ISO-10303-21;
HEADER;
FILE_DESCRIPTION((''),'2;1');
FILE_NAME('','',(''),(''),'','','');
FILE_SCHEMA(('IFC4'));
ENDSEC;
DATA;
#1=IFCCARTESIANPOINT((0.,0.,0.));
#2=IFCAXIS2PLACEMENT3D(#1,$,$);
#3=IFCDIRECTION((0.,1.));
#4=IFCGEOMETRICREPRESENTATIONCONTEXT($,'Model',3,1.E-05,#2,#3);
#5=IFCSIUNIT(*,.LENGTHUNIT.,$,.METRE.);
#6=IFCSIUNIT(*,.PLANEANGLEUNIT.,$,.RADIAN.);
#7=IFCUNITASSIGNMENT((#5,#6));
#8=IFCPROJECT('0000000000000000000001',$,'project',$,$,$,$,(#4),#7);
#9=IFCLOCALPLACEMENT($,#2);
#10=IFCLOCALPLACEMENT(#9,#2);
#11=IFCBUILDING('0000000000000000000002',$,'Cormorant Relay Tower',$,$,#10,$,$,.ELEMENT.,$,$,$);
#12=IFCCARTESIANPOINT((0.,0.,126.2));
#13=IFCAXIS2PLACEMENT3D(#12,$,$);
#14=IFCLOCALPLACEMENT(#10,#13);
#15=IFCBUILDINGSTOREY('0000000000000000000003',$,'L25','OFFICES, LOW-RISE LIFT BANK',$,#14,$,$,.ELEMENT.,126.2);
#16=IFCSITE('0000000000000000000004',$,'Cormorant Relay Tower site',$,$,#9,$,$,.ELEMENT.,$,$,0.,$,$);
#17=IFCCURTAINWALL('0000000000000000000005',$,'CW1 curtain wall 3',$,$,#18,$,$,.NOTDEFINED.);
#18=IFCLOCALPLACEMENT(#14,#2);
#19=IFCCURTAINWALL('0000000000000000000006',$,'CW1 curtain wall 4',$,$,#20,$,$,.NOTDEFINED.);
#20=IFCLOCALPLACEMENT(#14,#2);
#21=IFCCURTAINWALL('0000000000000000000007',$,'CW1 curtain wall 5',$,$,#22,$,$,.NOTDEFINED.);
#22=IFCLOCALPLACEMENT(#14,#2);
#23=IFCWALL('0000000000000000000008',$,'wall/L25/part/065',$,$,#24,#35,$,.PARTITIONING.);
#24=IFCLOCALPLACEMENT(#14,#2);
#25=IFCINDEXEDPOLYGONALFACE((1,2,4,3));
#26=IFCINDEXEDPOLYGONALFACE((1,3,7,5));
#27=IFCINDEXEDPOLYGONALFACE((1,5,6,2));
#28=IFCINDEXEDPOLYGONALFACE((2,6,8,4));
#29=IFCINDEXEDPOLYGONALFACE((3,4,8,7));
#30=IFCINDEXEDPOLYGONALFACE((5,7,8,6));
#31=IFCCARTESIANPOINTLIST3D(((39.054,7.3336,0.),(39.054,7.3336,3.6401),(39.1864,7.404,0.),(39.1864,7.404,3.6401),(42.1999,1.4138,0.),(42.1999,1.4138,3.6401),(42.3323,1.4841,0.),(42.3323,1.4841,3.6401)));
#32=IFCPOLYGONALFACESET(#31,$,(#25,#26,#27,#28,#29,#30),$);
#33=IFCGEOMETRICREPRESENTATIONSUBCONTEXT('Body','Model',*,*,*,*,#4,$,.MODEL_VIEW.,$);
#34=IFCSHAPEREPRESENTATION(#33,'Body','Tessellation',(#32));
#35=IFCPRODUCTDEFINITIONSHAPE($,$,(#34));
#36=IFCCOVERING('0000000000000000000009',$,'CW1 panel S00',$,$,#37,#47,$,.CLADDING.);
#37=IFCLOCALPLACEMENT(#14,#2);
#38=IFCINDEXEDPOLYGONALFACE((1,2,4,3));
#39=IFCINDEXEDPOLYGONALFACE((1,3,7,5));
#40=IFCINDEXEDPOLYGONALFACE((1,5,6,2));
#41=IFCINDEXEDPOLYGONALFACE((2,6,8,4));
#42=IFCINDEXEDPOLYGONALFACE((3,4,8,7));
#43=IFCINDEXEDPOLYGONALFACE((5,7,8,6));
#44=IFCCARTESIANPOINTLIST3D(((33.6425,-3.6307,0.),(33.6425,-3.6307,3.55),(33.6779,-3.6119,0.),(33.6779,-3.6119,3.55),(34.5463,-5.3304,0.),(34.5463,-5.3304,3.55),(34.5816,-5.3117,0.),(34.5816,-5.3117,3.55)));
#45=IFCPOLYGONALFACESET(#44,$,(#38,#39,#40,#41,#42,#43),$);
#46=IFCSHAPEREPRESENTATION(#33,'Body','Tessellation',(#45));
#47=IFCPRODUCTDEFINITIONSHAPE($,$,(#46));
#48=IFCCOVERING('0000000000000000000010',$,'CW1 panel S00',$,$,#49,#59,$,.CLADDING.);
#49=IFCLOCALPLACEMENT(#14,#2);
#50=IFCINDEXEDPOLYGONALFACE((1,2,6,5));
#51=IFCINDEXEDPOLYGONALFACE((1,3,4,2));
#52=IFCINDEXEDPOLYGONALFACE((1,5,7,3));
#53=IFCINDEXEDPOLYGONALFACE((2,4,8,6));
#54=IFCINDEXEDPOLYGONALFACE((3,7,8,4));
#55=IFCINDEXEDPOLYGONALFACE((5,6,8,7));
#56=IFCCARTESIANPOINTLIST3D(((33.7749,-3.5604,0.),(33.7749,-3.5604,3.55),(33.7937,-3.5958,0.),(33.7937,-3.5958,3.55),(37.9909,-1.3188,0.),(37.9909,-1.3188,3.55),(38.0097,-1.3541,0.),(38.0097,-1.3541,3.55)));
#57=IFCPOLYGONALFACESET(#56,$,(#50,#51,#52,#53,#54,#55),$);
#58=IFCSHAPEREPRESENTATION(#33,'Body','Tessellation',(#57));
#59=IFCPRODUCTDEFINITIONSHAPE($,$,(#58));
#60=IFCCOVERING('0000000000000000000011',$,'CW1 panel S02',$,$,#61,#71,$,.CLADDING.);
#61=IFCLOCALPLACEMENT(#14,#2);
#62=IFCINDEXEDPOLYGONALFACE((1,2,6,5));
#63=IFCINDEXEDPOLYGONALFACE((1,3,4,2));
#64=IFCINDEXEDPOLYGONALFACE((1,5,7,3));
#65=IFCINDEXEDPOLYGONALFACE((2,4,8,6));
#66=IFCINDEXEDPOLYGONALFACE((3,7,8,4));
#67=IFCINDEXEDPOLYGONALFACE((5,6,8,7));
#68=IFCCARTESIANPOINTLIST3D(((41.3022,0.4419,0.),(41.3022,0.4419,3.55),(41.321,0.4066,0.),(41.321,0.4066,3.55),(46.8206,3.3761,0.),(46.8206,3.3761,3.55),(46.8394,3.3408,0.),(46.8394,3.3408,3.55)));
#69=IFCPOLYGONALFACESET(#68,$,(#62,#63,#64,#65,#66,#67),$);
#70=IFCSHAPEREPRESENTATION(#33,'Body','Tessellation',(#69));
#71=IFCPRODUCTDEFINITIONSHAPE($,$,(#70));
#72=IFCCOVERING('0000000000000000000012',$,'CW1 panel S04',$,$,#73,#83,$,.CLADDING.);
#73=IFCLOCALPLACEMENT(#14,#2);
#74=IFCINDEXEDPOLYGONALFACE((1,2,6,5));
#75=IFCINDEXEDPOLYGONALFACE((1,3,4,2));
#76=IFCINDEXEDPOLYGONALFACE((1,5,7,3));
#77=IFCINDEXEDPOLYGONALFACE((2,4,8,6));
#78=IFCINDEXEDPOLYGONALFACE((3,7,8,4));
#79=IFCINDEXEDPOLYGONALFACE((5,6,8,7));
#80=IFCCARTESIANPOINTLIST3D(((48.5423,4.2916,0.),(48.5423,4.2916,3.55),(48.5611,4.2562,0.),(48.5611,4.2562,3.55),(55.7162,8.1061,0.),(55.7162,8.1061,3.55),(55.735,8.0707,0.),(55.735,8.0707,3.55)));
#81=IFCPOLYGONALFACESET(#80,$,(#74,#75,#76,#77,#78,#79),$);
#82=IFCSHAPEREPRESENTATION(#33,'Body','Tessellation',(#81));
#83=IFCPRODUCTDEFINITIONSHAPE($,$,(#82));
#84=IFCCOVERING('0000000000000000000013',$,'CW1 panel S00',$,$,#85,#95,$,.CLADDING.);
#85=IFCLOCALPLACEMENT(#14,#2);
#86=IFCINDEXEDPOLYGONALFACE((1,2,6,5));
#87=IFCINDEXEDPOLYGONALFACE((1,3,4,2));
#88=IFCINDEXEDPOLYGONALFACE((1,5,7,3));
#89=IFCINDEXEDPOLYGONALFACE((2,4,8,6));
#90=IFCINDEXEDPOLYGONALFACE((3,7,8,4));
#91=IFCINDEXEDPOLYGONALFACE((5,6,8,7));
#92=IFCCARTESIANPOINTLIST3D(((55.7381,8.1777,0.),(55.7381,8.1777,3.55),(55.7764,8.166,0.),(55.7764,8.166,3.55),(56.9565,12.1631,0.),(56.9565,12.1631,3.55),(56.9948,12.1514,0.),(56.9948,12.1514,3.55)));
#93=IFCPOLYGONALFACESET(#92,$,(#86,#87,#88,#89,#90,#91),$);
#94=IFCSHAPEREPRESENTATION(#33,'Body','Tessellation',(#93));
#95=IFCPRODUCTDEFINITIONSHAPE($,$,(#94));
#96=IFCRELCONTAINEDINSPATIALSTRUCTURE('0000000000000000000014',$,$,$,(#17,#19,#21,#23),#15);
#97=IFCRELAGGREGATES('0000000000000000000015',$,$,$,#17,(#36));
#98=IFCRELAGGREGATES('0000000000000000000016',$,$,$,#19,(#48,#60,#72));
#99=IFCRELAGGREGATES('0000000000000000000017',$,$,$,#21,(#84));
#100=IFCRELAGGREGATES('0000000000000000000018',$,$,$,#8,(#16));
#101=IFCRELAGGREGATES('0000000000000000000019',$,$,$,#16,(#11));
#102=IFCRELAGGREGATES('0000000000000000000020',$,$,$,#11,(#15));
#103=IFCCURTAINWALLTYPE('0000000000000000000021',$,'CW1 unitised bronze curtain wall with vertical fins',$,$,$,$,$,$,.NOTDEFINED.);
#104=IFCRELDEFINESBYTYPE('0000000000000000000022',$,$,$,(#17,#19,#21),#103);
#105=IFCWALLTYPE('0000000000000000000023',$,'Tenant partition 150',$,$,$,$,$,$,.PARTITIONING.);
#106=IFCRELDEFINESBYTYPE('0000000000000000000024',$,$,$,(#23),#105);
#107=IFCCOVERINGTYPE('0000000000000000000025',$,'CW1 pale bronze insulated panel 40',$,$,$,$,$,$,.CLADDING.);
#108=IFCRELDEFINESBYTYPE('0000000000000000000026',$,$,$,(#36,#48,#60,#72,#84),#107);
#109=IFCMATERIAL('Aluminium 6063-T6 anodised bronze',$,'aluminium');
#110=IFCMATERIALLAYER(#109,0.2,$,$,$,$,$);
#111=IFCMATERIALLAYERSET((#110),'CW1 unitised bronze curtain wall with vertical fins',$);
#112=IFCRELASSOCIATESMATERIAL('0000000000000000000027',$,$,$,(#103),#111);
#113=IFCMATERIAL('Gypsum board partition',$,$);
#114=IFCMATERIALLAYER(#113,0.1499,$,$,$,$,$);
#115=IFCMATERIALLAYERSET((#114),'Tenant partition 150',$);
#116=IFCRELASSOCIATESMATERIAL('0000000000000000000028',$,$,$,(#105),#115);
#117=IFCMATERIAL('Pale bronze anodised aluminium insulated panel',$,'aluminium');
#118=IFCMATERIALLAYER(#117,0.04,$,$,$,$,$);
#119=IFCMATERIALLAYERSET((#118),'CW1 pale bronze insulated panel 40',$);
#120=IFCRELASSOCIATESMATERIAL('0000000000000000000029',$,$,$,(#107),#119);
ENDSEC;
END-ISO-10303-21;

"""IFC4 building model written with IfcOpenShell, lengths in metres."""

from ifc_helpers import new_model, si_unit, direction, frame, frame_2d, origin, origin_2d, place, context, subcontext, project, spatial, rectangle, extrude, material, layer, layer_set, type_object, element, aggregate, save


model = new_model("IFC4")

# Units and contexts
model_context = context("Model", 3, precision=1e-05, world=origin(), true_north=direction((0.0, 1.0)))
body_context = subcontext(model_context, "Body", "Model", "MODEL_VIEW")
ifc_project = project(units=[si_unit("LENGTHUNIT", "METRE"), si_unit("PLANEANGLEUNIT", "RADIAN")], contexts=[model_context])

# Site, building, storey
site_placement = place(None, origin())
site = spatial("IfcSite", under=ifc_project, at=site_placement, Name="Cormorant Relay Tower site", CompositionType="ELEMENT", RefElevation=0.0)
building_placement = place(site_placement, origin())
building = spatial("IfcBuilding", under=site, at=building_placement, Name="Cormorant Relay Tower", CompositionType="ELEMENT")
storey_placement = place(building_placement, frame((0.0, 0.0, 126.2)))
storey = spatial("IfcBuildingStorey", under=building, at=storey_placement, Name="L25", Description="OFFICES, LOW-RISE LIFT BANK", CompositionType="ELEMENT", Elevation=126.2)

# Curtain wall
ifc_material_1 = material(Name="Aluminium 6063-T6 anodised bronze", Category="aluminium")
ifc_layer_1 = layer(ifc_material_1, 0.2)
ifc_layer_set_1 = layer_set([ifc_layer_1], Name="CW1 unitised bronze curtain wall with vertical fins")
curtain_wall_type = type_object("IfcCurtainWallType", Name="CW1 unitised bronze curtain wall with vertical fins", PredefinedType="NOTDEFINED", material=ifc_layer_set_1)
curtain_wall_1_placement = place(storey_placement, origin())
curtain_wall_1 = element("IfcCurtainWall", 1, at=curtain_wall_1_placement, inside=storey, type_object=curtain_wall_type, Name="CW1 curtain wall 3", PredefinedType="NOTDEFINED")

# Curtain wall
curtain_wall_2_placement = place(storey_placement, origin())
curtain_wall_2 = element("IfcCurtainWall", 2, at=curtain_wall_2_placement, inside=storey, type_object=curtain_wall_type, Name="CW1 curtain wall 4", PredefinedType="NOTDEFINED")

# Curtain wall
curtain_wall_3_placement = place(storey_placement, origin())
curtain_wall_3 = element("IfcCurtainWall", 3, at=curtain_wall_3_placement, inside=storey, type_object=curtain_wall_type, Name="CW1 curtain wall 5", PredefinedType="NOTDEFINED")

# Wall
ifc_material_2 = material(Name="Gypsum board partition")
ifc_layer_2 = layer(ifc_material_2, 0.1499)
ifc_layer_set_2 = layer_set([ifc_layer_2], Name="Tenant partition 150")
wall_type_1 = type_object("IfcWallType", Name="Tenant partition 150", PredefinedType="PARTITIONING", material=ifc_layer_set_2)
wall_1_placement = place(storey_placement, frame((39.1201, 7.3689, 0.0), z_axis=(0.0, 0.0, 1.0), x_axis=(0.469276, -0.883052, 0.0)))
element("IfcWall", 4, at=wall_1_placement, inside=storey, type_object=wall_type_1, Name="wall/L25/part/065", PredefinedType="PARTITIONING", context=body_context, shape_type="SweptSolid", body=[
    extrude(rectangle(XDim=6.7039, YDim=0.1499, at=frame_2d((3.3521, 0.0))), origin(), (0.0, 0.0, 1.0), 3.6401),
])

# Coverings
ifc_material_3 = material(Name="Pale bronze anodised aluminium insulated panel", Category="aluminium")
ifc_layer_3 = layer(ifc_material_3, 0.04)
ifc_layer_set_3 = layer_set([ifc_layer_3], Name="CW1 pale bronze insulated panel 40")
covering_type = type_object("IfcCoveringType", Name="CW1 pale bronze insulated panel 40", PredefinedType="CLADDING", material=ifc_layer_set_3)
covering_1_placement = place(storey_placement, frame((34.1121, -4.4712, 0.0), z_axis=(0.0, 0.0, 1.0), x_axis=(-0.469472, 0.882948, 0.0)))
covering_1 = element("IfcCovering", 5, at=covering_1_placement, type_object=covering_type, Name="CW1 panel S00", PredefinedType="CLADDING", context=body_context, shape_type="SweptSolid", body=[
    extrude(rectangle(XDim=1.925, YDim=0.04, at=origin_2d()), origin(), (0.0, 0.0, 1.0), 3.55),
])
aggregate(curtain_wall_1, [covering_1])
covering_2_placement = place(storey_placement, frame((35.8923, -2.4573, 0.0), z_axis=(0.0, 0.0, 1.0), x_axis=(0.882948, 0.469472, 0.0)))
covering_2 = element("IfcCovering", 6, at=covering_2_placement, type_object=covering_type, Name="CW1 panel S00", PredefinedType="CLADDING", context=body_context, shape_type="SweptSolid", body=[
    extrude(rectangle(XDim=4.7749, YDim=0.04, at=origin_2d()), origin(), (0.0, 0.0, 1.0), 3.55),
])
covering_3_placement = place(storey_placement, frame((44.0708, 1.8914, 0.0), z_axis=(0.0, 0.0, 1.0), x_axis=(0.882948, 0.469472, 0.0)))
covering_3 = element("IfcCovering", 7, at=covering_3_placement, type_object=covering_type, Name="CW1 panel S02", PredefinedType="CLADDING", context=body_context, shape_type="SweptSolid", body=[
    extrude(rectangle(XDim=6.25, YDim=0.04, at=origin_2d()), origin(), (0.0, 0.0, 1.0), 3.55),
])
covering_4_placement = place(storey_placement, frame((52.1387, 6.1812, 0.0), z_axis=(0.0, 0.0, 1.0), x_axis=(0.882948, 0.469472, 0.0)))
covering_4 = element("IfcCovering", 8, at=covering_4_placement, type_object=covering_type, Name="CW1 panel S04", PredefinedType="CLADDING", context=body_context, shape_type="SweptSolid", body=[
    extrude(rectangle(XDim=8.125, YDim=0.04, at=origin_2d()), origin(), (0.0, 0.0, 1.0), 3.55),
])
aggregate(curtain_wall_2, [covering_2, covering_3, covering_4])
covering_5_placement = place(storey_placement, frame((56.3665, 10.1646, 0.0), z_axis=(0.0, 0.0, 1.0), x_axis=(0.292372, 0.956305, 0.0)))
covering_5 = element("IfcCovering", 9, at=covering_5_placement, type_object=covering_type, Name="CW1 panel S00", PredefinedType="CLADDING", context=body_context, shape_type="SweptSolid", body=[
    extrude(rectangle(XDim=4.1675, YDim=0.04, at=origin_2d()), origin(), (0.0, 0.0, 1.0), 3.55),
])
aggregate(curtain_wall_3, [covering_5])

save(model, "model.ifc")
